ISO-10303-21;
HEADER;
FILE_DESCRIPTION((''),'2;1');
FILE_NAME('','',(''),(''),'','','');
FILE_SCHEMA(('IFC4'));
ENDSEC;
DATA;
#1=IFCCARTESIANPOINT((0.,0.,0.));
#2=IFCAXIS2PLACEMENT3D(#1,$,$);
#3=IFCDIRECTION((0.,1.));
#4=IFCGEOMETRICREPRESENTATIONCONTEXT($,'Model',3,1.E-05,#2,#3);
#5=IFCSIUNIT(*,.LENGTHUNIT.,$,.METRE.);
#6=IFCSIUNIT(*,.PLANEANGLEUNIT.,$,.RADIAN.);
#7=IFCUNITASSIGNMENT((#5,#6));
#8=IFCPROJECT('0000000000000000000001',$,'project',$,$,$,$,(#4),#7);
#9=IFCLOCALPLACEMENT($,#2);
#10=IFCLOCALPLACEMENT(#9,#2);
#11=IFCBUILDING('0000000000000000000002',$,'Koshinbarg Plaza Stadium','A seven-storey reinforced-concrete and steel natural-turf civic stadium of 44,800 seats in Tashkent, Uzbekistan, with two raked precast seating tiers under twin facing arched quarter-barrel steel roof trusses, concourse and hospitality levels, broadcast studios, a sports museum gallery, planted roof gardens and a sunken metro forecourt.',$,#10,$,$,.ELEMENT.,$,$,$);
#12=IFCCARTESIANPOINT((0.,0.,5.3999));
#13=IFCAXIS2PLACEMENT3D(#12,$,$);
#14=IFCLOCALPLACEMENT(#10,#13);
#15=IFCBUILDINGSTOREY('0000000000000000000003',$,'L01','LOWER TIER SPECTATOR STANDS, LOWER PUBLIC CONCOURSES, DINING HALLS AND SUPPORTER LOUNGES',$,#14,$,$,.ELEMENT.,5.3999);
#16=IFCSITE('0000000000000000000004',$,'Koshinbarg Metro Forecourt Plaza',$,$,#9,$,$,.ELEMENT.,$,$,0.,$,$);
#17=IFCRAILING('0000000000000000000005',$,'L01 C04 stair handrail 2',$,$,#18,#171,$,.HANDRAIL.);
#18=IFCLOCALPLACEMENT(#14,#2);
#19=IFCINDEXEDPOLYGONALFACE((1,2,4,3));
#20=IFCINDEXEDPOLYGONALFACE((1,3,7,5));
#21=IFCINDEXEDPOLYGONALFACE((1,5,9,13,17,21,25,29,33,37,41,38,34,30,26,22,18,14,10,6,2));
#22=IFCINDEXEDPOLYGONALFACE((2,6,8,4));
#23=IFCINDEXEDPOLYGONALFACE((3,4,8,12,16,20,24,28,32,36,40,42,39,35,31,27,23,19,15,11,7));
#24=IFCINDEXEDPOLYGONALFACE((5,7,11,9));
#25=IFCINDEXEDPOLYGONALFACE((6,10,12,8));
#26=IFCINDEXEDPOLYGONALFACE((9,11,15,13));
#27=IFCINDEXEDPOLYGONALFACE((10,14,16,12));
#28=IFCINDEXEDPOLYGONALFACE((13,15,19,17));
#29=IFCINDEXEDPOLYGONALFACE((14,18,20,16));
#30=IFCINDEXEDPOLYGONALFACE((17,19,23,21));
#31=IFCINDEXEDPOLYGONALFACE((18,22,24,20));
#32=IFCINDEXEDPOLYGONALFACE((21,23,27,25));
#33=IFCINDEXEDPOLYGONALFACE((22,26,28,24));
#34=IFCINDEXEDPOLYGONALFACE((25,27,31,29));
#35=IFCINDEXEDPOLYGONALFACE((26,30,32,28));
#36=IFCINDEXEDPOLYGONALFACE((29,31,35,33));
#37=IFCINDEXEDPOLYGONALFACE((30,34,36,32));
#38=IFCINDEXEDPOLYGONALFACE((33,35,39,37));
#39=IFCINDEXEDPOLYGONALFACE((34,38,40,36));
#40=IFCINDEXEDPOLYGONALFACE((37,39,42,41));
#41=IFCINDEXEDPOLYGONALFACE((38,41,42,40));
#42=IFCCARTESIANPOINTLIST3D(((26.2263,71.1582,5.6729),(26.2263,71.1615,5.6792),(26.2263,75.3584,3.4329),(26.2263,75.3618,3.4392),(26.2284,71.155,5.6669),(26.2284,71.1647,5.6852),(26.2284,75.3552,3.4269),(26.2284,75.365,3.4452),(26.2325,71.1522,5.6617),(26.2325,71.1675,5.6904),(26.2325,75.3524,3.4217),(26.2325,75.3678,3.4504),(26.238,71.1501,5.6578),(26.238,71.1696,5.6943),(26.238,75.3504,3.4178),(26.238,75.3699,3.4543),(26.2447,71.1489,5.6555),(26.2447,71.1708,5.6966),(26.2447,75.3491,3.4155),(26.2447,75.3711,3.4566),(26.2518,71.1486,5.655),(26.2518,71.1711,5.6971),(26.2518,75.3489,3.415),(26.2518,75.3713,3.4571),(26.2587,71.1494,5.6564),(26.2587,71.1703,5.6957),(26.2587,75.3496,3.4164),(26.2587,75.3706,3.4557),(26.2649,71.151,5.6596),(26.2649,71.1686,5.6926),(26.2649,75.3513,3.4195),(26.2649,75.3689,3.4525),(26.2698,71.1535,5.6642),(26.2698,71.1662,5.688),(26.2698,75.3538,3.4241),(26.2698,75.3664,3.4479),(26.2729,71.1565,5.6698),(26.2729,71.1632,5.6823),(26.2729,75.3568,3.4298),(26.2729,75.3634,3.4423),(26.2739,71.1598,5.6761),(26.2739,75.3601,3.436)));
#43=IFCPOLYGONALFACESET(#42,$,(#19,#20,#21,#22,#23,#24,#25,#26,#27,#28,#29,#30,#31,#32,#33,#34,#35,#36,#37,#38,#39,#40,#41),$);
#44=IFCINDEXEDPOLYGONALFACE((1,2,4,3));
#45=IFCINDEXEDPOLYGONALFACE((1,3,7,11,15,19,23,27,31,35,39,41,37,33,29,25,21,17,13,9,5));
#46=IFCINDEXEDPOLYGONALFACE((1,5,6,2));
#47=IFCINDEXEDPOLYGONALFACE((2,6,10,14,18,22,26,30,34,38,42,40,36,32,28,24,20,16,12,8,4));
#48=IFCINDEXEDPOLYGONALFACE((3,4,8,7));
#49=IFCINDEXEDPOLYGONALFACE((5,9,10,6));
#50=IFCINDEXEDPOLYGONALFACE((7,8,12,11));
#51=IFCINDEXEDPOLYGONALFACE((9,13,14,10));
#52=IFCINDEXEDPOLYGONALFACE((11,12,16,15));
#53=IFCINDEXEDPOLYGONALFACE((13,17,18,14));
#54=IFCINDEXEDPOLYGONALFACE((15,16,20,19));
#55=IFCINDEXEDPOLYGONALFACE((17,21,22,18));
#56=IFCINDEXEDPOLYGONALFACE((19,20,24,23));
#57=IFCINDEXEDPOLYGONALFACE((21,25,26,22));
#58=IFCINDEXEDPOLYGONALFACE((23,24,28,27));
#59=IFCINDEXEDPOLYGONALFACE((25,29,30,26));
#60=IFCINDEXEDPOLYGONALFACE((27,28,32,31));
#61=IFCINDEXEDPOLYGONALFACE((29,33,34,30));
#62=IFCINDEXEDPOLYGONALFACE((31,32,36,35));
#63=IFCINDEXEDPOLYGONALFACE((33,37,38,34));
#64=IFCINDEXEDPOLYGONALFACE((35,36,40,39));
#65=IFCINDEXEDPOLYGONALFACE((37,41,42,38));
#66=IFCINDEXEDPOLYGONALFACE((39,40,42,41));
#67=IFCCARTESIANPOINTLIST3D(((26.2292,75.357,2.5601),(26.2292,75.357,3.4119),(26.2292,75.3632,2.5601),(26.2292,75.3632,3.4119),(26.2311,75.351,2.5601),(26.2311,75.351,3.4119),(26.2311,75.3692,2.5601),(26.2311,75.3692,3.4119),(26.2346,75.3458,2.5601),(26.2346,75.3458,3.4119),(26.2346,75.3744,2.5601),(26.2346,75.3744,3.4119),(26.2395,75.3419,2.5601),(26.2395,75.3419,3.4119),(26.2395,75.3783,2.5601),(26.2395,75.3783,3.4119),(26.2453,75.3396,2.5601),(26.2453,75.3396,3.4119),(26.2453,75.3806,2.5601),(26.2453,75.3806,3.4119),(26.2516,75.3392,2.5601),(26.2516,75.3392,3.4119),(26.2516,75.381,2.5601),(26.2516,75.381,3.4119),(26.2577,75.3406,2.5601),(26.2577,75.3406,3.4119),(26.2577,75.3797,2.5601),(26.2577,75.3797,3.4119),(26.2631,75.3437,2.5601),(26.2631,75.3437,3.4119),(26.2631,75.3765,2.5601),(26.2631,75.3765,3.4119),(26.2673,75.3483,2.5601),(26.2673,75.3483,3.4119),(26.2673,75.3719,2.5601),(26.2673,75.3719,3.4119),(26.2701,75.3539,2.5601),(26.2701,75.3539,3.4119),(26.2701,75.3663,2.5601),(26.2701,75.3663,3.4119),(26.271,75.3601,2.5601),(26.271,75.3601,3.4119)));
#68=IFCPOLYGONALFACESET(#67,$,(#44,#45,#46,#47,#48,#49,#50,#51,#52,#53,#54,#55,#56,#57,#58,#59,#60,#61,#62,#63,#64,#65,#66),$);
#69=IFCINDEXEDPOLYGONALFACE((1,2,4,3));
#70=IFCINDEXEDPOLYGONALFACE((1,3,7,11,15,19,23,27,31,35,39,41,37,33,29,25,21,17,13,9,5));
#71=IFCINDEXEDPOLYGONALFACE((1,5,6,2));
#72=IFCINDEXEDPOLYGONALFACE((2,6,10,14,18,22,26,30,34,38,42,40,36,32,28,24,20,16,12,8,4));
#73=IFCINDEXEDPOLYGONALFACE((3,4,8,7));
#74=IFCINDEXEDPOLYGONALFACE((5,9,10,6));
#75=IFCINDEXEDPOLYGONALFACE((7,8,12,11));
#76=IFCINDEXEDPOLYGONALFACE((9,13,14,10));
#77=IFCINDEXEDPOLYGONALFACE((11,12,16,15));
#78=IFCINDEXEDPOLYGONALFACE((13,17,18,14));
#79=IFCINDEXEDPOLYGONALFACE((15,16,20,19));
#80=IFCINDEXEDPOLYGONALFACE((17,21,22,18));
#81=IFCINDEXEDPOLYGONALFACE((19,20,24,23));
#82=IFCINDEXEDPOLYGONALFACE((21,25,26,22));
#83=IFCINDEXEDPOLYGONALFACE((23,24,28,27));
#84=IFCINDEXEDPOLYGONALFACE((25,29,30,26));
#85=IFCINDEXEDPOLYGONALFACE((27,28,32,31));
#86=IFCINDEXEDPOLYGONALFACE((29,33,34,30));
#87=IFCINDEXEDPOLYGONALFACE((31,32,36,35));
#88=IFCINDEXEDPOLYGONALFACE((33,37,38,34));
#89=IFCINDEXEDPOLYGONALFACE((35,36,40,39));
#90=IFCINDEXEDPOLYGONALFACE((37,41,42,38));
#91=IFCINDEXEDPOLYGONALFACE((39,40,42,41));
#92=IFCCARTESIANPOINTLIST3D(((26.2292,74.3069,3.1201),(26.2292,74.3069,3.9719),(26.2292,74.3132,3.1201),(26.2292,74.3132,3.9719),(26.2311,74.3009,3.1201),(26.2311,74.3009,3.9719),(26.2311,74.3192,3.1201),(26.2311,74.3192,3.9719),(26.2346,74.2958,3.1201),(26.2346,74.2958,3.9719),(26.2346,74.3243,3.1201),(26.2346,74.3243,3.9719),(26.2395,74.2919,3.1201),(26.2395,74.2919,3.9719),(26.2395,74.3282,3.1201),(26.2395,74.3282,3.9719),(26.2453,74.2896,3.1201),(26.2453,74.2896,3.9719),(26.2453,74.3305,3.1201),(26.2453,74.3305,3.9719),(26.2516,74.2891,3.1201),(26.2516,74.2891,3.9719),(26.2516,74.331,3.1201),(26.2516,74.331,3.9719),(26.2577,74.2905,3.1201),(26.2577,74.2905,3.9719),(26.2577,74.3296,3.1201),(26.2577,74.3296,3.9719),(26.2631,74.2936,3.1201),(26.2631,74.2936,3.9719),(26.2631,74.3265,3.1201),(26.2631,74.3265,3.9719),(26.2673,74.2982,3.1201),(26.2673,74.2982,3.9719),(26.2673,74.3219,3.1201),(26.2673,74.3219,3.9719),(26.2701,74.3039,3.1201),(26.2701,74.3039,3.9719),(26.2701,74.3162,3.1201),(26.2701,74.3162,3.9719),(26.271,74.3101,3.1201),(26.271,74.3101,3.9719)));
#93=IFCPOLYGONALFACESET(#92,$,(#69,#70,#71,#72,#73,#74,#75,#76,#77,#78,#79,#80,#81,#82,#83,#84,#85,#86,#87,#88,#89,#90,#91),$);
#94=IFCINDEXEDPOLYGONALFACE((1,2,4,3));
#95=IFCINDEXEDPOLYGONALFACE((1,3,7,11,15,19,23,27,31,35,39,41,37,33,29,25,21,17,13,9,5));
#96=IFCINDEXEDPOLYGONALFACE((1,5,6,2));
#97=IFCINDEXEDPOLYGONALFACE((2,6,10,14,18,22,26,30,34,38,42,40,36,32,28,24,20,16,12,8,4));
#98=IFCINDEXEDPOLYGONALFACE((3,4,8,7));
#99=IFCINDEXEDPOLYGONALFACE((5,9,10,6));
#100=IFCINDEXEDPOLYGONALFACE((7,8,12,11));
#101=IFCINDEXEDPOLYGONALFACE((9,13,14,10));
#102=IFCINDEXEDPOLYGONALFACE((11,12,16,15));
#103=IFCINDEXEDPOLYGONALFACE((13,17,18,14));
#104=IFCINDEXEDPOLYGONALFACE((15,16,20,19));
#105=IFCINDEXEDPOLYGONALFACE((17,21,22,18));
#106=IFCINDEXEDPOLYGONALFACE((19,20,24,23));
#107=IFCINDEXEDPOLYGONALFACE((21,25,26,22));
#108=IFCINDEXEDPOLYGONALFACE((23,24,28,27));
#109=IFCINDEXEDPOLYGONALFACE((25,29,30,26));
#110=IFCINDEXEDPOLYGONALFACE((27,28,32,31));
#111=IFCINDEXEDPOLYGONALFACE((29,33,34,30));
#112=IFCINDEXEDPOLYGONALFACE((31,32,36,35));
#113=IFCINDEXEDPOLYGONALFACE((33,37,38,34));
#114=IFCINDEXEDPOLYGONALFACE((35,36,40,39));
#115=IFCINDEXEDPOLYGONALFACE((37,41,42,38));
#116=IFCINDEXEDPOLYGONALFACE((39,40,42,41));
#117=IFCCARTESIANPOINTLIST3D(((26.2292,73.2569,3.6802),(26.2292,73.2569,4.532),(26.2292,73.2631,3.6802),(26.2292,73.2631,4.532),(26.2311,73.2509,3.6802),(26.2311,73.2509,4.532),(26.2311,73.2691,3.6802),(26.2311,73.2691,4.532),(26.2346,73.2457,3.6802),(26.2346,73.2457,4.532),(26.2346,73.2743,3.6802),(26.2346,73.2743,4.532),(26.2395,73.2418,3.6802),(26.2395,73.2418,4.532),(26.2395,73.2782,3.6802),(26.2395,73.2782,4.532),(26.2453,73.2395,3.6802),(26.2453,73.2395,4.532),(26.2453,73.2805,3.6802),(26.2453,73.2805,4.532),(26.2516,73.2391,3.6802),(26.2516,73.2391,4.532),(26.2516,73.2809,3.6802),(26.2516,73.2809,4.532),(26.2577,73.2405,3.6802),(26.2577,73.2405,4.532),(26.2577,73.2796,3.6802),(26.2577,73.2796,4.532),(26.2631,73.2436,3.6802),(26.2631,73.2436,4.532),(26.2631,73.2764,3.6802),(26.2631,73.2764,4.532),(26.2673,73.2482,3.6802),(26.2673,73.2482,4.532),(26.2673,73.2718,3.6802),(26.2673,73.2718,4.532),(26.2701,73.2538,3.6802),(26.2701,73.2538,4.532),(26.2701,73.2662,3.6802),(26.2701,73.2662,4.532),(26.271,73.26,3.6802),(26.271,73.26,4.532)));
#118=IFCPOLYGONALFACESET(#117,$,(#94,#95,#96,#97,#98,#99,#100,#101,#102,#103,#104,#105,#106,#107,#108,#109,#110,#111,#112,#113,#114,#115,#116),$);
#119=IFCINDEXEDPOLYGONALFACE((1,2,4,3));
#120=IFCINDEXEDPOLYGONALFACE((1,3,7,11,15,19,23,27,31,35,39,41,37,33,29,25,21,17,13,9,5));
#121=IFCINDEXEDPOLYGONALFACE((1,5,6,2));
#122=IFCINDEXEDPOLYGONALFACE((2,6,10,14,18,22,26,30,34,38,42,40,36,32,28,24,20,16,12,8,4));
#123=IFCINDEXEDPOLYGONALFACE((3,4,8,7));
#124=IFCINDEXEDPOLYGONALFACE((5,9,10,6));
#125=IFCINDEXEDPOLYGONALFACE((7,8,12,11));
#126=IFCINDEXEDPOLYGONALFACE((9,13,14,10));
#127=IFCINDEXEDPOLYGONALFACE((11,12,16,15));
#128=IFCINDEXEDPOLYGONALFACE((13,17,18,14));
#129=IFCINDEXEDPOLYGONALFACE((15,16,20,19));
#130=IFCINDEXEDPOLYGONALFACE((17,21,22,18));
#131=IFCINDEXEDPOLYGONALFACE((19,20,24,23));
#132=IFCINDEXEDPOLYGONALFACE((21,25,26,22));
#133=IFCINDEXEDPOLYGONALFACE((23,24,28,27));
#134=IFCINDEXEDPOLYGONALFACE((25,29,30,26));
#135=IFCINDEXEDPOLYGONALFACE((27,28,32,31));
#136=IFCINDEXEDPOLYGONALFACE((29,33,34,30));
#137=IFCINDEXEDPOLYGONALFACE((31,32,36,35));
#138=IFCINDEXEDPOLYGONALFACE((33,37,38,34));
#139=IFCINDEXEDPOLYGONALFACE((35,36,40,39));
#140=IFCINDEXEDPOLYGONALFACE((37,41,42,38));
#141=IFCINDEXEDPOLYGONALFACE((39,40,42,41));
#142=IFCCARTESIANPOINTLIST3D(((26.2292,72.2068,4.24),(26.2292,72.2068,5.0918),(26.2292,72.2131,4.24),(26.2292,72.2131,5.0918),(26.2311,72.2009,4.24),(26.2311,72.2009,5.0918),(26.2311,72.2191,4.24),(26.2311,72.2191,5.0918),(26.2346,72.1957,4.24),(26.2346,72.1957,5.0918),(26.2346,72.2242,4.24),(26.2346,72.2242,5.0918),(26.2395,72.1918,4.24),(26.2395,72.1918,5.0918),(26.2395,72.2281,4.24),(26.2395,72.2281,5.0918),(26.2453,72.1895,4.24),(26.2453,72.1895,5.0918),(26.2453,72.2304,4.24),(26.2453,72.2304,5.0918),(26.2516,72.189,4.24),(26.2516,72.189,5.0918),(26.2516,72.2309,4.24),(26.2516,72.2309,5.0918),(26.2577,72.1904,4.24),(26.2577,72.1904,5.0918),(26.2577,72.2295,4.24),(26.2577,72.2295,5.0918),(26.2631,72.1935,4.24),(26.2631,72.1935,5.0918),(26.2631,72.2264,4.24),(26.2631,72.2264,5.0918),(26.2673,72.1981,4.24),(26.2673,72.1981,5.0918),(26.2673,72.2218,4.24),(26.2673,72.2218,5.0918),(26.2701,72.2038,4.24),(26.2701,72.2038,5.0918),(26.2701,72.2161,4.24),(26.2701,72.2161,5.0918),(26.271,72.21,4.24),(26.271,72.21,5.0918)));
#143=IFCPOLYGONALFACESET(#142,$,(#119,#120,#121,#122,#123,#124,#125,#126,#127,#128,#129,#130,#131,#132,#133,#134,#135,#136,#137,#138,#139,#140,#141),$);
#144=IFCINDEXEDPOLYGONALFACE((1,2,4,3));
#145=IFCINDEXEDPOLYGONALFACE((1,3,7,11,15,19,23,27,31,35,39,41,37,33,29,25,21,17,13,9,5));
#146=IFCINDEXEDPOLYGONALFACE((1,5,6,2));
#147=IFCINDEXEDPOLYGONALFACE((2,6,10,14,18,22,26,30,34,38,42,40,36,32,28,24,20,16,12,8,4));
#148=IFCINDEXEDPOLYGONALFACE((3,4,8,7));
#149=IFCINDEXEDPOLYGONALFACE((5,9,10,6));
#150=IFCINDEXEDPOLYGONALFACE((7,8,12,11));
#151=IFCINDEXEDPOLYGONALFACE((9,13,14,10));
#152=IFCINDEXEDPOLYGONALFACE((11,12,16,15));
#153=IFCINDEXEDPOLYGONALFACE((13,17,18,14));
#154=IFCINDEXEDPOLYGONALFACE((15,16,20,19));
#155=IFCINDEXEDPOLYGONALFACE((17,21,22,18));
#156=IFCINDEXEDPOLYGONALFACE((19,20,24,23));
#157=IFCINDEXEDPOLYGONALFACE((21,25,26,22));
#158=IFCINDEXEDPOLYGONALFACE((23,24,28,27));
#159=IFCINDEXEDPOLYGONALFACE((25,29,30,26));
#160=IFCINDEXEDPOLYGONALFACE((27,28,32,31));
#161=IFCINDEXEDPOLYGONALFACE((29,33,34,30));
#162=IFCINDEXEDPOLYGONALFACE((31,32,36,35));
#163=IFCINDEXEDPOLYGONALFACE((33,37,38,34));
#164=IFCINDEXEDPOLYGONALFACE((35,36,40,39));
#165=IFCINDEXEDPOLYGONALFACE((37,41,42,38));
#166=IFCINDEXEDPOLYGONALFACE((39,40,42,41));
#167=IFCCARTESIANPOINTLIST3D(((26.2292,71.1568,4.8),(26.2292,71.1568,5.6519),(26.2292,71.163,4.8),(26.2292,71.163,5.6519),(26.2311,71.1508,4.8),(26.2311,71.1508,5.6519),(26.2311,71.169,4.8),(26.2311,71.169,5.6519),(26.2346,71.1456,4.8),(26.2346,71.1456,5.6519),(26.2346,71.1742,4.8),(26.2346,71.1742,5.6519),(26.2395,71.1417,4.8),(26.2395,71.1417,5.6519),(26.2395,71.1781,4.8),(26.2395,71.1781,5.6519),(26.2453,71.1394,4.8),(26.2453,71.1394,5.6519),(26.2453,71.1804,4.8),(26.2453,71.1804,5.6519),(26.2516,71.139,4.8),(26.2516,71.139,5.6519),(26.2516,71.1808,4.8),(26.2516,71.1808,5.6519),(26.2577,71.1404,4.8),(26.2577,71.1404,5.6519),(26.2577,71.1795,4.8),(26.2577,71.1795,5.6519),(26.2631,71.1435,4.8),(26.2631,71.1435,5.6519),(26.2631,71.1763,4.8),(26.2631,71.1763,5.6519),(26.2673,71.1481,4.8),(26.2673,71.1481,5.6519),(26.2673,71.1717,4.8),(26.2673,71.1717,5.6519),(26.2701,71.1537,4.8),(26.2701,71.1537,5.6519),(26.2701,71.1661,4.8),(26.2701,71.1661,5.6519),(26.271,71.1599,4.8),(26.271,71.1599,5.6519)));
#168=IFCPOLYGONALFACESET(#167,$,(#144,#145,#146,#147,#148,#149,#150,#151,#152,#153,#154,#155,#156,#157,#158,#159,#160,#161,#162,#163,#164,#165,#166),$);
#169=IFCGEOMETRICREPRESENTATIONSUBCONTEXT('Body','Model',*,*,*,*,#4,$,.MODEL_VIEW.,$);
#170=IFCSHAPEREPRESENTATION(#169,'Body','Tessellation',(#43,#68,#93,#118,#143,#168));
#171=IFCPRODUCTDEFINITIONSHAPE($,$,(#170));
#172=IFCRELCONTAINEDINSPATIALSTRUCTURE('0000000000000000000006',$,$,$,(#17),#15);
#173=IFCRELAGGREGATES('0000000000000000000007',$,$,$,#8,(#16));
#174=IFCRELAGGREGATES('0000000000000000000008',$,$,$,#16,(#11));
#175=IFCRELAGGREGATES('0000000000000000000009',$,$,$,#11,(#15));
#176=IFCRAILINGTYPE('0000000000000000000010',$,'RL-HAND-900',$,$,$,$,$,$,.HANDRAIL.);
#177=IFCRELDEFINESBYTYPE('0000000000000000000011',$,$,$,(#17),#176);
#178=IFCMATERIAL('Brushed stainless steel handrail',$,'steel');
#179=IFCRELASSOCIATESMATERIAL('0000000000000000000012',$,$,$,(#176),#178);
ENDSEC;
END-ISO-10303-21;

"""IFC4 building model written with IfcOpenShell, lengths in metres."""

from ifc_helpers import new_model, si_unit, direction, frame, origin, origin_2d, place, context, subcontext, project, spatial, circle, extrude, material, type_object, element, save


model = new_model("IFC4")

# Units and contexts
model_context = context("Model", 3, precision=1e-05, world=origin(), true_north=direction((0.0, 1.0)))
body_context = subcontext(model_context, "Body", "Model", "MODEL_VIEW")
ifc_project = project(units=[si_unit("LENGTHUNIT", "METRE"), si_unit("PLANEANGLEUNIT", "RADIAN")], contexts=[model_context])

# Site, building, storey
site_placement = place(None, origin())
site = spatial("IfcSite", under=ifc_project, at=site_placement, Name="Koshinbarg Metro Forecourt Plaza", CompositionType="ELEMENT", RefElevation=0.0)
building_placement = place(site_placement, origin())
building = spatial("IfcBuilding", under=site, at=building_placement, Name="Koshinbarg Plaza Stadium", Description="A seven-storey reinforced-concrete and steel natural-turf civic stadium of 44,800 seats in Tashkent, Uzbekistan, with two raked precast seating tiers under twin facing arched quarter-barrel steel roof trusses, concourse and hospitality levels, broadcast studios, a sports museum gallery, planted roof gardens and a sunken metro forecourt.", CompositionType="ELEMENT")
storey_placement = place(building_placement, frame((0.0, 0.0, 5.3999)))
storey = spatial("IfcBuildingStorey", under=building, at=storey_placement, Name="L01", Description="LOWER TIER SPECTATOR STANDS, LOWER PUBLIC CONCOURSES, DINING HALLS AND SUPPORTER LOUNGES", CompositionType="ELEMENT", Elevation=5.3999)

# Railing
ifc_material_1 = material(Name="Brushed stainless steel handrail", Category="steel")
railing_type_1 = type_object("IfcRailingType", Name="RL-HAND-900", PredefinedType="HANDRAIL", material=ifc_material_1)
railing_1_placement = place(storey_placement, frame((26.25, 75.3601, 2.5601)))
element("IfcRailing", 1, at=railing_1_placement, inside=storey, type_object=railing_type_1, Name="L01 C04 stair handrail 2", PredefinedType="HANDRAIL", context=body_context, shape_type="SweptSolid", body=[
    extrude(circle(Radius=0.0239, at=origin_2d()), frame((0.0, 0.0, 0.876), z_axis=(0.0, -0.882363, 0.47057), x_axis=(1.0, 0.0, 0.0)), (0.0, 0.0, 1.0), 4.7603),
    extrude(circle(Radius=0.021, at=origin_2d()), origin(), (0.0, 0.0, 1.0), 0.8518),
    extrude(circle(Radius=0.021, at=origin_2d()), frame((0.0, -1.05, 0.5601)), (0.0, 0.0, 1.0), 0.8518),
    extrude(circle(Radius=0.021, at=origin_2d()), frame((0.0, -2.1001, 1.1201)), (0.0, 0.0, 1.0), 0.8518),
    extrude(circle(Radius=0.021, at=origin_2d()), frame((0.0, -3.1501, 1.6799)), (0.0, 0.0, 1.0), 0.8518),
    extrude(circle(Radius=0.021, at=origin_2d()), frame((0.0, -4.2002, 2.24)), (0.0, 0.0, 1.0), 0.8518),
])

save(model, "model.ifc")
